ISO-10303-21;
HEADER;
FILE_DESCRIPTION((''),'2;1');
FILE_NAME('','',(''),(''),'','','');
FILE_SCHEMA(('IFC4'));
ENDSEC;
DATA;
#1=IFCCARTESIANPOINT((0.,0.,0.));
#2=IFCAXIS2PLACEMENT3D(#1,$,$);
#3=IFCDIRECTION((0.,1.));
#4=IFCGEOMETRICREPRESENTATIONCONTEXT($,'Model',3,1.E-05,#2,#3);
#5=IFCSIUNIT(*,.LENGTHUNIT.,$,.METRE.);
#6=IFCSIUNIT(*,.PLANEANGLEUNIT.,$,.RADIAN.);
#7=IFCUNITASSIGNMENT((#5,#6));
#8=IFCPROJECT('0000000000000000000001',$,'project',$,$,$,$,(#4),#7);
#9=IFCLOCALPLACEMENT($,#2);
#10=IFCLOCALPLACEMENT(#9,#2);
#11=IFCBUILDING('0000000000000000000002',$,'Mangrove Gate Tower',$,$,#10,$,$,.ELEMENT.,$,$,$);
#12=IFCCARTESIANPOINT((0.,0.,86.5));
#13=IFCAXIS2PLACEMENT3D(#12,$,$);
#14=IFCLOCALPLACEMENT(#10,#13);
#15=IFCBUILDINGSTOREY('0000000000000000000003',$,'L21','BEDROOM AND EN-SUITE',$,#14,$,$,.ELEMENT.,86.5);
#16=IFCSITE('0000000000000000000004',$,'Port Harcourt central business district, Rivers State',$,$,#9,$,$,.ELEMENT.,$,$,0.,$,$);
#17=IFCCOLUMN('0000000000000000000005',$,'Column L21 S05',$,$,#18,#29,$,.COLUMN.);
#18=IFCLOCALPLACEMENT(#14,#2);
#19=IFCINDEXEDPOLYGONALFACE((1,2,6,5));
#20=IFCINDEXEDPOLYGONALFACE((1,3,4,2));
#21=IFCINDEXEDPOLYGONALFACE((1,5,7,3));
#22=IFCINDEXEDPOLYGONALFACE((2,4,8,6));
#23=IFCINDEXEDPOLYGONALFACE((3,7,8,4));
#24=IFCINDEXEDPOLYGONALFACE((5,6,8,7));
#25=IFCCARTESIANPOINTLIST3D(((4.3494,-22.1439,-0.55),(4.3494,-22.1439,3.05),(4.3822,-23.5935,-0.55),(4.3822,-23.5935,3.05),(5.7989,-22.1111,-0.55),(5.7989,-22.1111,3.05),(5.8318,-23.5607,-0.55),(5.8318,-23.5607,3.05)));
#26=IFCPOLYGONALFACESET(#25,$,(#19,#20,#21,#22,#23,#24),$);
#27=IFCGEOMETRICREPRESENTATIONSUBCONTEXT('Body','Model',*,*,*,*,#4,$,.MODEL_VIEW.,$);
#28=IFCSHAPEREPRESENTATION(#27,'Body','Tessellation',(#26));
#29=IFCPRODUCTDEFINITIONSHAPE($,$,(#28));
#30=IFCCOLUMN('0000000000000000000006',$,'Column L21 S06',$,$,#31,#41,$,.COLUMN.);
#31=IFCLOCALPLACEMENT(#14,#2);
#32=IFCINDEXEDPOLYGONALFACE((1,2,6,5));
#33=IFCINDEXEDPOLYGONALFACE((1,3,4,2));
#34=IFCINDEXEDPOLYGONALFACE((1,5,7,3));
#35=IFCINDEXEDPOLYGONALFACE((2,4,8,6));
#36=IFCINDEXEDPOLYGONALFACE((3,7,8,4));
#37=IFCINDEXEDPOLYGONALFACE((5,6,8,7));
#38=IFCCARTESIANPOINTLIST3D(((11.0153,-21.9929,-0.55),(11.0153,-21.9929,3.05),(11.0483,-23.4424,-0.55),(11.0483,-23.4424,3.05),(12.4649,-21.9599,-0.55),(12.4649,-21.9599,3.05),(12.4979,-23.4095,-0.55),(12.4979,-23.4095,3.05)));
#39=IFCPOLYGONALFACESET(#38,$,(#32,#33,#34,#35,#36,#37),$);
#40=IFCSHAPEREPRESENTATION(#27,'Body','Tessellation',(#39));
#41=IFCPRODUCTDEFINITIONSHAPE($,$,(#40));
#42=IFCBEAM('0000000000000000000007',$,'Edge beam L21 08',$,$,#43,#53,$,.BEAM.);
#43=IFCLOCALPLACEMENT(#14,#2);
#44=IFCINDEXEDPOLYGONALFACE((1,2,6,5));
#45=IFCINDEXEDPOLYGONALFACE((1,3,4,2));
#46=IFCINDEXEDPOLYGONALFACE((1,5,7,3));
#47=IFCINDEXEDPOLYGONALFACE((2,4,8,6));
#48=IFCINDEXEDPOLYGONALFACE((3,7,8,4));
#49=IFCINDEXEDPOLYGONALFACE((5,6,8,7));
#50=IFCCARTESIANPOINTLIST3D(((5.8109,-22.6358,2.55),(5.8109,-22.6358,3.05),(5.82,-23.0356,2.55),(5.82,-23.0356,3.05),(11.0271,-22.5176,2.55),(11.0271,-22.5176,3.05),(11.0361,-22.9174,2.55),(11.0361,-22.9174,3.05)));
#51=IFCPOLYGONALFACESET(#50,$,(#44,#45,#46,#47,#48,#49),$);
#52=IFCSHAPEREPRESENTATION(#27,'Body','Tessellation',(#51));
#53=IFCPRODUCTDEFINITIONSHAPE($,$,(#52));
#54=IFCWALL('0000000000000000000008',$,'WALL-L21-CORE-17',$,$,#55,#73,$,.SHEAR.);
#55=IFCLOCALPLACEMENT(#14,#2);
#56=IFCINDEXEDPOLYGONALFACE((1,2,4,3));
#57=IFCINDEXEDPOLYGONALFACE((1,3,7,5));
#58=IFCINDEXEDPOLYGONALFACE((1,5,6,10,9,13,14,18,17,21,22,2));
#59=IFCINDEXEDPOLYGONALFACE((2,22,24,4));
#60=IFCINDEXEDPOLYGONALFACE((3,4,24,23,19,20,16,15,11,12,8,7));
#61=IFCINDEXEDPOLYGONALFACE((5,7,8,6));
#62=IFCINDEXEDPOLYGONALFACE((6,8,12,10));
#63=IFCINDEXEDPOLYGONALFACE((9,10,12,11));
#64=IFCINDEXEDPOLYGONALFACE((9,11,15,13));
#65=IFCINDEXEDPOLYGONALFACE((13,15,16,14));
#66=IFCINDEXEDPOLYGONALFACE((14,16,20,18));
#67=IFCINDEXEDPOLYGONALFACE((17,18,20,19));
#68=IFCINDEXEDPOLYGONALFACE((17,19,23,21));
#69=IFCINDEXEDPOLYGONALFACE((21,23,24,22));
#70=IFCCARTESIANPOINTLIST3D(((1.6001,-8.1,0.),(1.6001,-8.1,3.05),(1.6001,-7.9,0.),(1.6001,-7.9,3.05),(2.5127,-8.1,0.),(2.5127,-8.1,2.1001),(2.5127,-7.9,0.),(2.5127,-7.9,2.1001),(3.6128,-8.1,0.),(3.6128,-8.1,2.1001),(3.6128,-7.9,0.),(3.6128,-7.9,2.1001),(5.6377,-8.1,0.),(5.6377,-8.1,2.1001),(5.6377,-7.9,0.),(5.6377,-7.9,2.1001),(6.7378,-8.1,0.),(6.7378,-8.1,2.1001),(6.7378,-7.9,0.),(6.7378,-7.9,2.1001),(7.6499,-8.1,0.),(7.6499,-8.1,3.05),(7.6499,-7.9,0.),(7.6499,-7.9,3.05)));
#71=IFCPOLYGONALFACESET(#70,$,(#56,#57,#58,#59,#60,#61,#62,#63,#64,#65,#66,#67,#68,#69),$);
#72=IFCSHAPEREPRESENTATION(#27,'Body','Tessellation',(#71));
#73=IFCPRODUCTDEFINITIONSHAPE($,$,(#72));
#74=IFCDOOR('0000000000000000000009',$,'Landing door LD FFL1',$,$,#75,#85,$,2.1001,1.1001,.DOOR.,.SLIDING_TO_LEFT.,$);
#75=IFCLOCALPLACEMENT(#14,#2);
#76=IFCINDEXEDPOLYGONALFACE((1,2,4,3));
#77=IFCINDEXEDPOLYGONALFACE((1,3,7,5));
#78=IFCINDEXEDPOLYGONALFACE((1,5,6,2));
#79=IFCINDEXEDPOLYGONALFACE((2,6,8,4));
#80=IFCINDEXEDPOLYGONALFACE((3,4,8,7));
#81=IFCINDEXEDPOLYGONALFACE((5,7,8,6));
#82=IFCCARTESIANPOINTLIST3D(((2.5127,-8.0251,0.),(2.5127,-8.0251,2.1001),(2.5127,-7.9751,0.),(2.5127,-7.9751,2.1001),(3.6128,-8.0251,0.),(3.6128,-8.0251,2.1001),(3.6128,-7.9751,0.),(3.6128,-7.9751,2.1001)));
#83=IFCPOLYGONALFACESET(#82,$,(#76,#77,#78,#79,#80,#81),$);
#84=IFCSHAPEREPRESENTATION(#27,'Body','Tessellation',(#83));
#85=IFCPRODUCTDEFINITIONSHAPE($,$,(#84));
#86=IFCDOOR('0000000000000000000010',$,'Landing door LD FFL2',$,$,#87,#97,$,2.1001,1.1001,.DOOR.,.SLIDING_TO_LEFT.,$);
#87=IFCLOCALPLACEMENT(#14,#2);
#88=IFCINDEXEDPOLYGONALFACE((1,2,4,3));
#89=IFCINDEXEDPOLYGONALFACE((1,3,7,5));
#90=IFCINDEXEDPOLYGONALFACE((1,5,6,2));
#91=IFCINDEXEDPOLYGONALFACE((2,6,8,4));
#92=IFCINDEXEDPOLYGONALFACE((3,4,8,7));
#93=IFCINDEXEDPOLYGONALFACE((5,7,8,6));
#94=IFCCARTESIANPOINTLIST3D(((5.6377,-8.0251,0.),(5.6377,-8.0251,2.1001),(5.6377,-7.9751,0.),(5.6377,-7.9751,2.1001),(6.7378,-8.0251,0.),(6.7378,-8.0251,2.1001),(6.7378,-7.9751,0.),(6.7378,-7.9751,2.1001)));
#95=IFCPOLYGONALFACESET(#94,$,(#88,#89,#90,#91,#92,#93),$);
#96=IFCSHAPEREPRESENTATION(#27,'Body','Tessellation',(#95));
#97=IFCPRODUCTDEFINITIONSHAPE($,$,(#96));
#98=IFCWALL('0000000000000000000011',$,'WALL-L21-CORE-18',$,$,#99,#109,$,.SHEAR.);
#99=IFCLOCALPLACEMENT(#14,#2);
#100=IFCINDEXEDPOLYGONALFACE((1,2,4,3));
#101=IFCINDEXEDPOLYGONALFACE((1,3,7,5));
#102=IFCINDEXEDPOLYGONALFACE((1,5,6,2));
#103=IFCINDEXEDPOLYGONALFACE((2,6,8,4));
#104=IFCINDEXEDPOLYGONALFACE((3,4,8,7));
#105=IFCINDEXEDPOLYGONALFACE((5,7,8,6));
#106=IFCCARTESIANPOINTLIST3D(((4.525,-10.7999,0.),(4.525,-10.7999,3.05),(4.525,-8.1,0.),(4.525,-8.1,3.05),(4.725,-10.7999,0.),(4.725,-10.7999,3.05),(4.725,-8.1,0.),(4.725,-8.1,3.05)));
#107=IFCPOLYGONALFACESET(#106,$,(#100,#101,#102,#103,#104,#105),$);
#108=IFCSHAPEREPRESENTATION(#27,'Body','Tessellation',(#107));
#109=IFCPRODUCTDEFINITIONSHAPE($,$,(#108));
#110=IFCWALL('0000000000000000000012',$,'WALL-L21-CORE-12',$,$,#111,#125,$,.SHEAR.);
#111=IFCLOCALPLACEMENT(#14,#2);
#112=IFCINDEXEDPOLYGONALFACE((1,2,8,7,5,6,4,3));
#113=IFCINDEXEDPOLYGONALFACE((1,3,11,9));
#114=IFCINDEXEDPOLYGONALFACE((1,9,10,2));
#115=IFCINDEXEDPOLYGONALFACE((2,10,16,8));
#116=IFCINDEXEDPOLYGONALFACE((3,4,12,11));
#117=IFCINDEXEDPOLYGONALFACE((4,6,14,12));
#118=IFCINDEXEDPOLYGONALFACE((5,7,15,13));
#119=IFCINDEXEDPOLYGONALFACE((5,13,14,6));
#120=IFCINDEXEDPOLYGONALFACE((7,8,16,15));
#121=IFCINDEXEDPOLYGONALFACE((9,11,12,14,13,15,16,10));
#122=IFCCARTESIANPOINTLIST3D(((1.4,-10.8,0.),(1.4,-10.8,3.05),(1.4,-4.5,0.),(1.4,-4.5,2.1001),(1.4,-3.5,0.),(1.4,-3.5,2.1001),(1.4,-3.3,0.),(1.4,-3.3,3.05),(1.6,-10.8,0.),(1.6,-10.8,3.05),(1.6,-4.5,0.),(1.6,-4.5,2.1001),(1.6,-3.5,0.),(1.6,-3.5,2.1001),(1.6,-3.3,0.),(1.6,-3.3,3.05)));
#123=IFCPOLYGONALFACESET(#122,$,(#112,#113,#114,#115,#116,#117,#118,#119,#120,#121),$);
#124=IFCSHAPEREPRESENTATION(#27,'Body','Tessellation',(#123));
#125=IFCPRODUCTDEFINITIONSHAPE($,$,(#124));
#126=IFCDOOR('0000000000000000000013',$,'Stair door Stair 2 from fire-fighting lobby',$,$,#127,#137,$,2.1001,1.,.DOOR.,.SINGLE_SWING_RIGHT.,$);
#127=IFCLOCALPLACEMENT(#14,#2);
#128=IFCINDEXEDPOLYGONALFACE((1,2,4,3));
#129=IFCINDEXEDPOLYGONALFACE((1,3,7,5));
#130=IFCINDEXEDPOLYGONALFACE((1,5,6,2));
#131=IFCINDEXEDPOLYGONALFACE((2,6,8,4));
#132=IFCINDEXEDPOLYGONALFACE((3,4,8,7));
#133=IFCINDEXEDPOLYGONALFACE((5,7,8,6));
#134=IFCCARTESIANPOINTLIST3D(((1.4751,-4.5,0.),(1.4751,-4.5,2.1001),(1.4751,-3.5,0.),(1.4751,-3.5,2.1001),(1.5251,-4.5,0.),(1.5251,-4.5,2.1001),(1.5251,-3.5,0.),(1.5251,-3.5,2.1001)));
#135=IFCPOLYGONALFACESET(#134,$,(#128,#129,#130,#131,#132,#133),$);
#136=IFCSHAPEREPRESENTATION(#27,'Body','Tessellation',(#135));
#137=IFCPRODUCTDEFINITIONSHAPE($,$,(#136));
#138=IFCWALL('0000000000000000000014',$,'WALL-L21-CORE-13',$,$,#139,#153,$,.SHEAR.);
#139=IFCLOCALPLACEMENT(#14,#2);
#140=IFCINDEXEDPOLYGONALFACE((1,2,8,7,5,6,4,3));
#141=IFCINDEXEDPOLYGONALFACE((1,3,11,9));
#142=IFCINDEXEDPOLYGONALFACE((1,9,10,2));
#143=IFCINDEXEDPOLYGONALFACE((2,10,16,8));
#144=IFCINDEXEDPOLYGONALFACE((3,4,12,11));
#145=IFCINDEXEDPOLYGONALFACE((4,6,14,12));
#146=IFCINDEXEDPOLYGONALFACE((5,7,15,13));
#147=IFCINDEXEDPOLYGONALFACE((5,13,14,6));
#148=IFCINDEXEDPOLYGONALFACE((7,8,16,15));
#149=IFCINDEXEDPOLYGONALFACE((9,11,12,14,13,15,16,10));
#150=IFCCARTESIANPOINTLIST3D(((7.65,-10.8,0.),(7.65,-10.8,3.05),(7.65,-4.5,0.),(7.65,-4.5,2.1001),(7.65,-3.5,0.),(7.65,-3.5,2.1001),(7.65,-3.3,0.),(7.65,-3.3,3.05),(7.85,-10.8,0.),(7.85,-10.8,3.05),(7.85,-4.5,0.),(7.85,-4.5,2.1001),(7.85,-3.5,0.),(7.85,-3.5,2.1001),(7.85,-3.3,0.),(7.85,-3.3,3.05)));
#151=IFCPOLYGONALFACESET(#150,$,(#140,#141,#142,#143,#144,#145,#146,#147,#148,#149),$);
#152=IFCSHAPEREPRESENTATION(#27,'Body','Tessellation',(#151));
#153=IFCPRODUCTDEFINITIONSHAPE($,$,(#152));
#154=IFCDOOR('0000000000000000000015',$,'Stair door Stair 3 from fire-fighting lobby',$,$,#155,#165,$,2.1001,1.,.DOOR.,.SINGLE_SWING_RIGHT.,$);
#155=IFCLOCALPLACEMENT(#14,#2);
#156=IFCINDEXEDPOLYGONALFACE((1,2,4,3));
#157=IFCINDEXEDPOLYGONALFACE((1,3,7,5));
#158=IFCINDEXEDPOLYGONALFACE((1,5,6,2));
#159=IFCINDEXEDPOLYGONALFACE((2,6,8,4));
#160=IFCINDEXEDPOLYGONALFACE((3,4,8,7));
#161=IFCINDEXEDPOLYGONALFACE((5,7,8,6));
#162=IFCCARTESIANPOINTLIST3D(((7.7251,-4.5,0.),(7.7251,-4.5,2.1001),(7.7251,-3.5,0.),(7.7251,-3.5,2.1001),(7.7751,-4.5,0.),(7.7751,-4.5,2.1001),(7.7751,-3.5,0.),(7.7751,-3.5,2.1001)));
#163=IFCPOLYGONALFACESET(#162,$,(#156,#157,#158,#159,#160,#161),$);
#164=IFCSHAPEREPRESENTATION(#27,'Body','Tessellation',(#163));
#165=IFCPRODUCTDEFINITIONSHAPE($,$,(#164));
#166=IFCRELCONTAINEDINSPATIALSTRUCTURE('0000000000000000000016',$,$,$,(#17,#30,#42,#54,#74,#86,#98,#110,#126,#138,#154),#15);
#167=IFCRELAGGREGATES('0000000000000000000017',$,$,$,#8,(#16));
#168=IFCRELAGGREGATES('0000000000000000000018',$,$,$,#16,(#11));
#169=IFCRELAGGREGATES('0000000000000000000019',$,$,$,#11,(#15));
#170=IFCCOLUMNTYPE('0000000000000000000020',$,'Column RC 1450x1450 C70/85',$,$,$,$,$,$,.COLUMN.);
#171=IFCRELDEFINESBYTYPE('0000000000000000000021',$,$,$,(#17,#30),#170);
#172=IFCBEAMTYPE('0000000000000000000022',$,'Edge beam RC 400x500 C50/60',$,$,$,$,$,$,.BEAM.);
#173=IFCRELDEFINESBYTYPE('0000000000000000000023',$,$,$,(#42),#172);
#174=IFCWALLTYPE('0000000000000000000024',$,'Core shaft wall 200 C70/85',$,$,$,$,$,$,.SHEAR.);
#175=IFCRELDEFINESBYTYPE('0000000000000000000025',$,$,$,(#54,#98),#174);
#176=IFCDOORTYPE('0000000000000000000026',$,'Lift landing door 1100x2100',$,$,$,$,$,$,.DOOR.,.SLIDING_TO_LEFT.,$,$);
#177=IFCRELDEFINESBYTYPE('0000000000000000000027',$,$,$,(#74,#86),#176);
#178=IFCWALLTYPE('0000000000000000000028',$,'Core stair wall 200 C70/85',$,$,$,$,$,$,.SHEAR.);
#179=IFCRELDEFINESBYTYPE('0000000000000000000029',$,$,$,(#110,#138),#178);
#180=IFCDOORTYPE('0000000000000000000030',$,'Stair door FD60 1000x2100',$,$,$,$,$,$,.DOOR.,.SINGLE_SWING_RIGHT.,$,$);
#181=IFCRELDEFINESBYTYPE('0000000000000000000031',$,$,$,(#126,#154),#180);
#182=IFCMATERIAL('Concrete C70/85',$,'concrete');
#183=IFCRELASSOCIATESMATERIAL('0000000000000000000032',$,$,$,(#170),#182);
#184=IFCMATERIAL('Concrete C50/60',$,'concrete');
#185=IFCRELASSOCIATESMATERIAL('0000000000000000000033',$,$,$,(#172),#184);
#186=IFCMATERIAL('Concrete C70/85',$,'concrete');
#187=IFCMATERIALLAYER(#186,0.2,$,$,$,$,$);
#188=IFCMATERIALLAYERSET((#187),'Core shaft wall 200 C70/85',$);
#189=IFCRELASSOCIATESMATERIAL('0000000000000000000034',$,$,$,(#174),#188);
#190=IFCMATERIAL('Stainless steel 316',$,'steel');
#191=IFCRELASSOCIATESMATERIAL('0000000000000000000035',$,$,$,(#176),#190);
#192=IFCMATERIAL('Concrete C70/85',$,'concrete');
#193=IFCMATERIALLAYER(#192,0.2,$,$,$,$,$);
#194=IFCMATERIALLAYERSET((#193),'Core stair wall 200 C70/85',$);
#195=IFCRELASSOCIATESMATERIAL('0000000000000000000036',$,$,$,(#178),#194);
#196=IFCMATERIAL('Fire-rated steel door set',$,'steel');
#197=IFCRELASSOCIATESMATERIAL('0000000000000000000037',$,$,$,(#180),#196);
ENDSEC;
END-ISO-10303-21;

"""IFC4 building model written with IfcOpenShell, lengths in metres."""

from ifc_helpers import new_model, si_unit, direction, frame, frame_2d, origin, origin_2d, place, context, subcontext, project, spatial, rectangle, extrude, material, layer, layer_set, material_profile, profile_set, type_object, element, fill, save


model = new_model("IFC4")

# Units and contexts
model_context = context("Model", 3, precision=1e-05, world=origin(), true_north=direction((0.0, 1.0)))
body_context = subcontext(model_context, "Body", "Model", "MODEL_VIEW")
ifc_project = project(units=[si_unit("LENGTHUNIT", "METRE"), si_unit("PLANEANGLEUNIT", "RADIAN")], contexts=[model_context])

# Site, building, storey
site_placement = place(None, origin())
site = spatial("IfcSite", under=ifc_project, at=site_placement, Name="Port Harcourt central business district, Rivers State", CompositionType="ELEMENT", RefElevation=0.0)
building_placement = place(site_placement, origin())
building = spatial("IfcBuilding", under=site, at=building_placement, Name="Mangrove Gate Tower", CompositionType="ELEMENT")
storey_placement = place(building_placement, frame((0.0, 0.0, 86.5)))
storey = spatial("IfcBuildingStorey", under=building, at=storey_placement, Name="L21", Description="BEDROOM AND EN-SUITE", CompositionType="ELEMENT", Elevation=86.5)

# Columns
ifc_material_1 = material(Name="Concrete C70/85", Category="concrete")
ifc_material_profile_1 = material_profile(ifc_material_1, rectangle(XDim=1.45, YDim=1.45, at=origin_2d()))
ifc_profile_set_1 = profile_set([ifc_material_profile_1], Name="Concrete C70/85")
column_type = type_object("IfcColumnType", Name="Column RC 1450x1450 C70/85", PredefinedType="COLUMN", material=ifc_profile_set_1)
for number, where, z_axis, x_axis, name in (
    (1, (5.0906, -22.8523, -0.55), (0.0, 0.0, 1.0), (0.999744, 0.022646, 0.0), "Column L21 S05"),
    (2, (11.7566, -22.7012, -0.55), (0.0, 0.0, 1.0), (0.999742, 0.022723, 0.0), "Column L21 S06"),
):
    element("IfcColumn", number, at=place(storey_placement, frame(where, z_axis=z_axis, x_axis=x_axis)), inside=storey, type_object=column_type, Name=name, PredefinedType="COLUMN", context=body_context, shape_type="SweptSolid", body=[
        extrude(rectangle(XDim=1.45, YDim=1.45, at=origin_2d()), origin(), (0.0, 0.0, 1.0), 3.6001),
    ])

# Beam
ifc_material_2 = material(Name="Concrete C50/60", Category="concrete")
ifc_material_profile_2 = material_profile(ifc_material_2, rectangle(XDim=0.3999, YDim=0.5, at=origin_2d()))
ifc_profile_set_2 = profile_set([ifc_material_profile_2], Name="Concrete C50/60")
beam_type = type_object("IfcBeamType", Name="Edge beam RC 400x500 C50/60", PredefinedType="BEAM", material=ifc_profile_set_2)
beam_placement = place(storey_placement, frame((5.8154, -22.8357, 2.8), z_axis=(0.999744, 0.022647, 0.0), x_axis=(-0.022647, 0.999744, 0.0)))
element("IfcBeam", 3, at=beam_placement, inside=storey, type_object=beam_type, Name="Edge beam L21 08", PredefinedType="BEAM", context=body_context, shape_type="SweptSolid", body=[
    extrude(rectangle(XDim=0.3999, YDim=0.5, at=origin_2d()), origin(), (0.0, 0.0, 1.0), 5.2175),
])

# Wall, openings, doors
ifc_material_3 = material(Name="Concrete C70/85", Category="concrete")
ifc_layer_1 = layer(ifc_material_3, 0.2)
ifc_layer_set_1 = layer_set([ifc_layer_1], Name="Core shaft wall 200 C70/85")
wall_type_1 = type_object("IfcWallType", Name="Core shaft wall 200 C70/85", PredefinedType="SHEAR", material=ifc_layer_set_1)
wall_1_placement = place(storey_placement, frame((1.6001, -8.0, 0.0), z_axis=(0.0, 0.0, 1.0), x_axis=(1.0, 0.0, 0.0)))
wall_1 = element("IfcWall", 4, at=wall_1_placement, inside=storey, type_object=wall_type_1, Name="WALL-L21-CORE-17", PredefinedType="SHEAR", context=body_context, shape_type="SweptSolid", body=[
    extrude(rectangle(XDim=6.0498, YDim=0.2, at=frame_2d((3.0249, 0.0))), origin(), (0.0, 0.0, 1.0), 3.05),
])
opening_1_placement = place(wall_1_placement, frame((0.9126, 0.0, 0.0)))
opening_1 = element("IfcOpeningElement", 5, at=opening_1_placement, cuts=wall_1, PredefinedType="OPENING", context=body_context, shape_type="SweptSolid", body=[
    extrude(rectangle(XDim=1.1001, YDim=2.1001, at=frame_2d((0.55, 1.05))), frame((0.0, 0.1099, 0.0), z_axis=(0.0, -1.0, 0.0), x_axis=(1.0, 0.0, 0.0)), (0.0, 0.0, 1.0), 0.22),
])
opening_2_placement = place(wall_1_placement, frame((4.0376, 0.0, 0.0)))
opening_2 = element("IfcOpeningElement", 6, at=opening_2_placement, cuts=wall_1, PredefinedType="OPENING", context=body_context, shape_type="SweptSolid", body=[
    extrude(rectangle(XDim=1.1001, YDim=2.1001, at=frame_2d((0.55, 1.05))), frame((0.0, 0.1099, 0.0), z_axis=(0.0, -1.0, 0.0), x_axis=(1.0, 0.0, 0.0)), (0.0, 0.0, 1.0), 0.22),
])
ifc_material_4 = material(Name="Stainless steel 316", Category="steel")
door_type_1 = type_object("IfcDoorType", Name="Lift landing door 1100x2100", OperationType="SLIDING_TO_LEFT", PredefinedType="DOOR", material=ifc_material_4)
door_1_placement = place(opening_1_placement, origin())
door_1 = element("IfcDoor", 7, at=door_1_placement, inside=storey, type_object=door_type_1, Name="Landing door LD FFL1", OperationType="SLIDING_TO_LEFT", OverallHeight=2.1001, OverallWidth=1.1001, PredefinedType="DOOR", context=body_context, shape_type="SweptSolid", body=[
    extrude(rectangle(XDim=1.1001, YDim=2.1001, at=frame_2d((0.55, 1.05))), frame((0.0, 0.0249, 0.0), z_axis=(0.0, -1.0, 0.0), x_axis=(1.0, 0.0, 0.0)), (0.0, 0.0, 1.0), 0.05),
])
fill(opening_1, door_1)
door_2_placement = place(opening_2_placement, origin())
door_2 = element("IfcDoor", 8, at=door_2_placement, inside=storey, type_object=door_type_1, Name="Landing door LD FFL2", OperationType="SLIDING_TO_LEFT", OverallHeight=2.1001, OverallWidth=1.1001, PredefinedType="DOOR", context=body_context, shape_type="SweptSolid", body=[
    extrude(rectangle(XDim=1.1001, YDim=2.1001, at=frame_2d((0.55, 1.05))), frame((0.0, 0.0249, 0.0), z_axis=(0.0, -1.0, 0.0), x_axis=(1.0, 0.0, 0.0)), (0.0, 0.0, 1.0), 0.05),
])
fill(opening_2, door_2)

# Wall
wall_2_placement = place(storey_placement, frame((4.625, -10.8, 0.0), z_axis=(0.0, 0.0, 1.0), x_axis=(0.0, 1.0, 0.0)))
element("IfcWall", 9, at=wall_2_placement, inside=storey, type_object=wall_type_1, Name="WALL-L21-CORE-18", PredefinedType="SHEAR", context=body_context, shape_type="SweptSolid", body=[
    extrude(rectangle(XDim=2.7, YDim=0.2, at=frame_2d((1.3501, 0.0))), origin(), (0.0, 0.0, 1.0), 3.05),
])

# Walls, openings, doors
ifc_material_5 = material(Name="Concrete C70/85", Category="concrete")
ifc_layer_2 = layer(ifc_material_5, 0.2)
ifc_layer_set_2 = layer_set([ifc_layer_2], Name="Core stair wall 200 C70/85")
wall_type_2 = type_object("IfcWallType", Name="Core stair wall 200 C70/85", PredefinedType="SHEAR", material=ifc_layer_set_2)
wall_3_placement = place(storey_placement, frame((1.5, -10.8, 0.0), z_axis=(0.0, 0.0, 1.0), x_axis=(0.0, 1.0, 0.0)))
wall_3 = element("IfcWall", 10, at=wall_3_placement, inside=storey, type_object=wall_type_2, Name="WALL-L21-CORE-12", PredefinedType="SHEAR", context=body_context, shape_type="SweptSolid", body=[
    extrude(rectangle(XDim=7.5, YDim=0.2, at=frame_2d((3.75, 0.0))), origin(), (0.0, 0.0, 1.0), 3.05),
])
opening_3_placement = place(wall_3_placement, frame((6.3, 0.0, 0.0)))
opening_3 = element("IfcOpeningElement", 11, at=opening_3_placement, cuts=wall_3, PredefinedType="OPENING", context=body_context, shape_type="SweptSolid", body=[
    extrude(rectangle(XDim=1.0, YDim=2.1001, at=frame_2d((0.5, 1.05))), frame((0.0, 0.1099, 0.0), z_axis=(0.0, -1.0, 0.0), x_axis=(1.0, 0.0, 0.0)), (0.0, 0.0, 1.0), 0.22),
])
ifc_material_6 = material(Name="Fire-rated steel door set", Category="steel")
door_type_2 = type_object("IfcDoorType", Name="Stair door FD60 1000x2100", OperationType="SINGLE_SWING_RIGHT", PredefinedType="DOOR", material=ifc_material_6)
door_3_placement = place(opening_3_placement, origin())
door_3 = element("IfcDoor", 12, at=door_3_placement, inside=storey, type_object=door_type_2, Name="Stair door Stair 2 from fire-fighting lobby", OperationType="SINGLE_SWING_RIGHT", OverallHeight=2.1001, OverallWidth=1.0, PredefinedType="DOOR", context=body_context, shape_type="SweptSolid", body=[
    extrude(rectangle(XDim=1.0, YDim=2.1001, at=frame_2d((0.5, 1.05))), frame((0.0, 0.0249, 0.0), z_axis=(0.0, -1.0, 0.0), x_axis=(1.0, 0.0, 0.0)), (0.0, 0.0, 1.0), 0.05),
])
fill(opening_3, door_3)
wall_4_placement = place(storey_placement, frame((7.75, -10.8, 0.0), z_axis=(0.0, 0.0, 1.0), x_axis=(0.0, 1.0, 0.0)))
wall_4 = element("IfcWall", 13, at=wall_4_placement, inside=storey, type_object=wall_type_2, Name="WALL-L21-CORE-13", PredefinedType="SHEAR", context=body_context, shape_type="SweptSolid", body=[
    extrude(rectangle(XDim=7.5, YDim=0.2, at=frame_2d((3.75, 0.0))), origin(), (0.0, 0.0, 1.0), 3.05),
])
opening_4_placement = place(wall_4_placement, frame((6.3, 0.0, 0.0)))
opening_4 = element("IfcOpeningElement", 14, at=opening_4_placement, cuts=wall_4, PredefinedType="OPENING", context=body_context, shape_type="SweptSolid", body=[
    extrude(rectangle(XDim=1.0, YDim=2.1001, at=frame_2d((0.5, 1.05))), frame((0.0, 0.1099, 0.0), z_axis=(0.0, -1.0, 0.0), x_axis=(1.0, 0.0, 0.0)), (0.0, 0.0, 1.0), 0.22),
])
door_4_placement = place(opening_4_placement, origin())
door_4 = element("IfcDoor", 15, at=door_4_placement, inside=storey, type_object=door_type_2, Name="Stair door Stair 3 from fire-fighting lobby", OperationType="SINGLE_SWING_RIGHT", OverallHeight=2.1001, OverallWidth=1.0, PredefinedType="DOOR", context=body_context, shape_type="SweptSolid", body=[
    extrude(rectangle(XDim=1.0, YDim=2.1001, at=frame_2d((0.5, 1.05))), frame((0.0, 0.0249, 0.0), z_axis=(0.0, -1.0, 0.0), x_axis=(1.0, 0.0, 0.0)), (0.0, 0.0, 1.0), 0.05),
])
fill(opening_4, door_4)

save(model, "model.ifc")
